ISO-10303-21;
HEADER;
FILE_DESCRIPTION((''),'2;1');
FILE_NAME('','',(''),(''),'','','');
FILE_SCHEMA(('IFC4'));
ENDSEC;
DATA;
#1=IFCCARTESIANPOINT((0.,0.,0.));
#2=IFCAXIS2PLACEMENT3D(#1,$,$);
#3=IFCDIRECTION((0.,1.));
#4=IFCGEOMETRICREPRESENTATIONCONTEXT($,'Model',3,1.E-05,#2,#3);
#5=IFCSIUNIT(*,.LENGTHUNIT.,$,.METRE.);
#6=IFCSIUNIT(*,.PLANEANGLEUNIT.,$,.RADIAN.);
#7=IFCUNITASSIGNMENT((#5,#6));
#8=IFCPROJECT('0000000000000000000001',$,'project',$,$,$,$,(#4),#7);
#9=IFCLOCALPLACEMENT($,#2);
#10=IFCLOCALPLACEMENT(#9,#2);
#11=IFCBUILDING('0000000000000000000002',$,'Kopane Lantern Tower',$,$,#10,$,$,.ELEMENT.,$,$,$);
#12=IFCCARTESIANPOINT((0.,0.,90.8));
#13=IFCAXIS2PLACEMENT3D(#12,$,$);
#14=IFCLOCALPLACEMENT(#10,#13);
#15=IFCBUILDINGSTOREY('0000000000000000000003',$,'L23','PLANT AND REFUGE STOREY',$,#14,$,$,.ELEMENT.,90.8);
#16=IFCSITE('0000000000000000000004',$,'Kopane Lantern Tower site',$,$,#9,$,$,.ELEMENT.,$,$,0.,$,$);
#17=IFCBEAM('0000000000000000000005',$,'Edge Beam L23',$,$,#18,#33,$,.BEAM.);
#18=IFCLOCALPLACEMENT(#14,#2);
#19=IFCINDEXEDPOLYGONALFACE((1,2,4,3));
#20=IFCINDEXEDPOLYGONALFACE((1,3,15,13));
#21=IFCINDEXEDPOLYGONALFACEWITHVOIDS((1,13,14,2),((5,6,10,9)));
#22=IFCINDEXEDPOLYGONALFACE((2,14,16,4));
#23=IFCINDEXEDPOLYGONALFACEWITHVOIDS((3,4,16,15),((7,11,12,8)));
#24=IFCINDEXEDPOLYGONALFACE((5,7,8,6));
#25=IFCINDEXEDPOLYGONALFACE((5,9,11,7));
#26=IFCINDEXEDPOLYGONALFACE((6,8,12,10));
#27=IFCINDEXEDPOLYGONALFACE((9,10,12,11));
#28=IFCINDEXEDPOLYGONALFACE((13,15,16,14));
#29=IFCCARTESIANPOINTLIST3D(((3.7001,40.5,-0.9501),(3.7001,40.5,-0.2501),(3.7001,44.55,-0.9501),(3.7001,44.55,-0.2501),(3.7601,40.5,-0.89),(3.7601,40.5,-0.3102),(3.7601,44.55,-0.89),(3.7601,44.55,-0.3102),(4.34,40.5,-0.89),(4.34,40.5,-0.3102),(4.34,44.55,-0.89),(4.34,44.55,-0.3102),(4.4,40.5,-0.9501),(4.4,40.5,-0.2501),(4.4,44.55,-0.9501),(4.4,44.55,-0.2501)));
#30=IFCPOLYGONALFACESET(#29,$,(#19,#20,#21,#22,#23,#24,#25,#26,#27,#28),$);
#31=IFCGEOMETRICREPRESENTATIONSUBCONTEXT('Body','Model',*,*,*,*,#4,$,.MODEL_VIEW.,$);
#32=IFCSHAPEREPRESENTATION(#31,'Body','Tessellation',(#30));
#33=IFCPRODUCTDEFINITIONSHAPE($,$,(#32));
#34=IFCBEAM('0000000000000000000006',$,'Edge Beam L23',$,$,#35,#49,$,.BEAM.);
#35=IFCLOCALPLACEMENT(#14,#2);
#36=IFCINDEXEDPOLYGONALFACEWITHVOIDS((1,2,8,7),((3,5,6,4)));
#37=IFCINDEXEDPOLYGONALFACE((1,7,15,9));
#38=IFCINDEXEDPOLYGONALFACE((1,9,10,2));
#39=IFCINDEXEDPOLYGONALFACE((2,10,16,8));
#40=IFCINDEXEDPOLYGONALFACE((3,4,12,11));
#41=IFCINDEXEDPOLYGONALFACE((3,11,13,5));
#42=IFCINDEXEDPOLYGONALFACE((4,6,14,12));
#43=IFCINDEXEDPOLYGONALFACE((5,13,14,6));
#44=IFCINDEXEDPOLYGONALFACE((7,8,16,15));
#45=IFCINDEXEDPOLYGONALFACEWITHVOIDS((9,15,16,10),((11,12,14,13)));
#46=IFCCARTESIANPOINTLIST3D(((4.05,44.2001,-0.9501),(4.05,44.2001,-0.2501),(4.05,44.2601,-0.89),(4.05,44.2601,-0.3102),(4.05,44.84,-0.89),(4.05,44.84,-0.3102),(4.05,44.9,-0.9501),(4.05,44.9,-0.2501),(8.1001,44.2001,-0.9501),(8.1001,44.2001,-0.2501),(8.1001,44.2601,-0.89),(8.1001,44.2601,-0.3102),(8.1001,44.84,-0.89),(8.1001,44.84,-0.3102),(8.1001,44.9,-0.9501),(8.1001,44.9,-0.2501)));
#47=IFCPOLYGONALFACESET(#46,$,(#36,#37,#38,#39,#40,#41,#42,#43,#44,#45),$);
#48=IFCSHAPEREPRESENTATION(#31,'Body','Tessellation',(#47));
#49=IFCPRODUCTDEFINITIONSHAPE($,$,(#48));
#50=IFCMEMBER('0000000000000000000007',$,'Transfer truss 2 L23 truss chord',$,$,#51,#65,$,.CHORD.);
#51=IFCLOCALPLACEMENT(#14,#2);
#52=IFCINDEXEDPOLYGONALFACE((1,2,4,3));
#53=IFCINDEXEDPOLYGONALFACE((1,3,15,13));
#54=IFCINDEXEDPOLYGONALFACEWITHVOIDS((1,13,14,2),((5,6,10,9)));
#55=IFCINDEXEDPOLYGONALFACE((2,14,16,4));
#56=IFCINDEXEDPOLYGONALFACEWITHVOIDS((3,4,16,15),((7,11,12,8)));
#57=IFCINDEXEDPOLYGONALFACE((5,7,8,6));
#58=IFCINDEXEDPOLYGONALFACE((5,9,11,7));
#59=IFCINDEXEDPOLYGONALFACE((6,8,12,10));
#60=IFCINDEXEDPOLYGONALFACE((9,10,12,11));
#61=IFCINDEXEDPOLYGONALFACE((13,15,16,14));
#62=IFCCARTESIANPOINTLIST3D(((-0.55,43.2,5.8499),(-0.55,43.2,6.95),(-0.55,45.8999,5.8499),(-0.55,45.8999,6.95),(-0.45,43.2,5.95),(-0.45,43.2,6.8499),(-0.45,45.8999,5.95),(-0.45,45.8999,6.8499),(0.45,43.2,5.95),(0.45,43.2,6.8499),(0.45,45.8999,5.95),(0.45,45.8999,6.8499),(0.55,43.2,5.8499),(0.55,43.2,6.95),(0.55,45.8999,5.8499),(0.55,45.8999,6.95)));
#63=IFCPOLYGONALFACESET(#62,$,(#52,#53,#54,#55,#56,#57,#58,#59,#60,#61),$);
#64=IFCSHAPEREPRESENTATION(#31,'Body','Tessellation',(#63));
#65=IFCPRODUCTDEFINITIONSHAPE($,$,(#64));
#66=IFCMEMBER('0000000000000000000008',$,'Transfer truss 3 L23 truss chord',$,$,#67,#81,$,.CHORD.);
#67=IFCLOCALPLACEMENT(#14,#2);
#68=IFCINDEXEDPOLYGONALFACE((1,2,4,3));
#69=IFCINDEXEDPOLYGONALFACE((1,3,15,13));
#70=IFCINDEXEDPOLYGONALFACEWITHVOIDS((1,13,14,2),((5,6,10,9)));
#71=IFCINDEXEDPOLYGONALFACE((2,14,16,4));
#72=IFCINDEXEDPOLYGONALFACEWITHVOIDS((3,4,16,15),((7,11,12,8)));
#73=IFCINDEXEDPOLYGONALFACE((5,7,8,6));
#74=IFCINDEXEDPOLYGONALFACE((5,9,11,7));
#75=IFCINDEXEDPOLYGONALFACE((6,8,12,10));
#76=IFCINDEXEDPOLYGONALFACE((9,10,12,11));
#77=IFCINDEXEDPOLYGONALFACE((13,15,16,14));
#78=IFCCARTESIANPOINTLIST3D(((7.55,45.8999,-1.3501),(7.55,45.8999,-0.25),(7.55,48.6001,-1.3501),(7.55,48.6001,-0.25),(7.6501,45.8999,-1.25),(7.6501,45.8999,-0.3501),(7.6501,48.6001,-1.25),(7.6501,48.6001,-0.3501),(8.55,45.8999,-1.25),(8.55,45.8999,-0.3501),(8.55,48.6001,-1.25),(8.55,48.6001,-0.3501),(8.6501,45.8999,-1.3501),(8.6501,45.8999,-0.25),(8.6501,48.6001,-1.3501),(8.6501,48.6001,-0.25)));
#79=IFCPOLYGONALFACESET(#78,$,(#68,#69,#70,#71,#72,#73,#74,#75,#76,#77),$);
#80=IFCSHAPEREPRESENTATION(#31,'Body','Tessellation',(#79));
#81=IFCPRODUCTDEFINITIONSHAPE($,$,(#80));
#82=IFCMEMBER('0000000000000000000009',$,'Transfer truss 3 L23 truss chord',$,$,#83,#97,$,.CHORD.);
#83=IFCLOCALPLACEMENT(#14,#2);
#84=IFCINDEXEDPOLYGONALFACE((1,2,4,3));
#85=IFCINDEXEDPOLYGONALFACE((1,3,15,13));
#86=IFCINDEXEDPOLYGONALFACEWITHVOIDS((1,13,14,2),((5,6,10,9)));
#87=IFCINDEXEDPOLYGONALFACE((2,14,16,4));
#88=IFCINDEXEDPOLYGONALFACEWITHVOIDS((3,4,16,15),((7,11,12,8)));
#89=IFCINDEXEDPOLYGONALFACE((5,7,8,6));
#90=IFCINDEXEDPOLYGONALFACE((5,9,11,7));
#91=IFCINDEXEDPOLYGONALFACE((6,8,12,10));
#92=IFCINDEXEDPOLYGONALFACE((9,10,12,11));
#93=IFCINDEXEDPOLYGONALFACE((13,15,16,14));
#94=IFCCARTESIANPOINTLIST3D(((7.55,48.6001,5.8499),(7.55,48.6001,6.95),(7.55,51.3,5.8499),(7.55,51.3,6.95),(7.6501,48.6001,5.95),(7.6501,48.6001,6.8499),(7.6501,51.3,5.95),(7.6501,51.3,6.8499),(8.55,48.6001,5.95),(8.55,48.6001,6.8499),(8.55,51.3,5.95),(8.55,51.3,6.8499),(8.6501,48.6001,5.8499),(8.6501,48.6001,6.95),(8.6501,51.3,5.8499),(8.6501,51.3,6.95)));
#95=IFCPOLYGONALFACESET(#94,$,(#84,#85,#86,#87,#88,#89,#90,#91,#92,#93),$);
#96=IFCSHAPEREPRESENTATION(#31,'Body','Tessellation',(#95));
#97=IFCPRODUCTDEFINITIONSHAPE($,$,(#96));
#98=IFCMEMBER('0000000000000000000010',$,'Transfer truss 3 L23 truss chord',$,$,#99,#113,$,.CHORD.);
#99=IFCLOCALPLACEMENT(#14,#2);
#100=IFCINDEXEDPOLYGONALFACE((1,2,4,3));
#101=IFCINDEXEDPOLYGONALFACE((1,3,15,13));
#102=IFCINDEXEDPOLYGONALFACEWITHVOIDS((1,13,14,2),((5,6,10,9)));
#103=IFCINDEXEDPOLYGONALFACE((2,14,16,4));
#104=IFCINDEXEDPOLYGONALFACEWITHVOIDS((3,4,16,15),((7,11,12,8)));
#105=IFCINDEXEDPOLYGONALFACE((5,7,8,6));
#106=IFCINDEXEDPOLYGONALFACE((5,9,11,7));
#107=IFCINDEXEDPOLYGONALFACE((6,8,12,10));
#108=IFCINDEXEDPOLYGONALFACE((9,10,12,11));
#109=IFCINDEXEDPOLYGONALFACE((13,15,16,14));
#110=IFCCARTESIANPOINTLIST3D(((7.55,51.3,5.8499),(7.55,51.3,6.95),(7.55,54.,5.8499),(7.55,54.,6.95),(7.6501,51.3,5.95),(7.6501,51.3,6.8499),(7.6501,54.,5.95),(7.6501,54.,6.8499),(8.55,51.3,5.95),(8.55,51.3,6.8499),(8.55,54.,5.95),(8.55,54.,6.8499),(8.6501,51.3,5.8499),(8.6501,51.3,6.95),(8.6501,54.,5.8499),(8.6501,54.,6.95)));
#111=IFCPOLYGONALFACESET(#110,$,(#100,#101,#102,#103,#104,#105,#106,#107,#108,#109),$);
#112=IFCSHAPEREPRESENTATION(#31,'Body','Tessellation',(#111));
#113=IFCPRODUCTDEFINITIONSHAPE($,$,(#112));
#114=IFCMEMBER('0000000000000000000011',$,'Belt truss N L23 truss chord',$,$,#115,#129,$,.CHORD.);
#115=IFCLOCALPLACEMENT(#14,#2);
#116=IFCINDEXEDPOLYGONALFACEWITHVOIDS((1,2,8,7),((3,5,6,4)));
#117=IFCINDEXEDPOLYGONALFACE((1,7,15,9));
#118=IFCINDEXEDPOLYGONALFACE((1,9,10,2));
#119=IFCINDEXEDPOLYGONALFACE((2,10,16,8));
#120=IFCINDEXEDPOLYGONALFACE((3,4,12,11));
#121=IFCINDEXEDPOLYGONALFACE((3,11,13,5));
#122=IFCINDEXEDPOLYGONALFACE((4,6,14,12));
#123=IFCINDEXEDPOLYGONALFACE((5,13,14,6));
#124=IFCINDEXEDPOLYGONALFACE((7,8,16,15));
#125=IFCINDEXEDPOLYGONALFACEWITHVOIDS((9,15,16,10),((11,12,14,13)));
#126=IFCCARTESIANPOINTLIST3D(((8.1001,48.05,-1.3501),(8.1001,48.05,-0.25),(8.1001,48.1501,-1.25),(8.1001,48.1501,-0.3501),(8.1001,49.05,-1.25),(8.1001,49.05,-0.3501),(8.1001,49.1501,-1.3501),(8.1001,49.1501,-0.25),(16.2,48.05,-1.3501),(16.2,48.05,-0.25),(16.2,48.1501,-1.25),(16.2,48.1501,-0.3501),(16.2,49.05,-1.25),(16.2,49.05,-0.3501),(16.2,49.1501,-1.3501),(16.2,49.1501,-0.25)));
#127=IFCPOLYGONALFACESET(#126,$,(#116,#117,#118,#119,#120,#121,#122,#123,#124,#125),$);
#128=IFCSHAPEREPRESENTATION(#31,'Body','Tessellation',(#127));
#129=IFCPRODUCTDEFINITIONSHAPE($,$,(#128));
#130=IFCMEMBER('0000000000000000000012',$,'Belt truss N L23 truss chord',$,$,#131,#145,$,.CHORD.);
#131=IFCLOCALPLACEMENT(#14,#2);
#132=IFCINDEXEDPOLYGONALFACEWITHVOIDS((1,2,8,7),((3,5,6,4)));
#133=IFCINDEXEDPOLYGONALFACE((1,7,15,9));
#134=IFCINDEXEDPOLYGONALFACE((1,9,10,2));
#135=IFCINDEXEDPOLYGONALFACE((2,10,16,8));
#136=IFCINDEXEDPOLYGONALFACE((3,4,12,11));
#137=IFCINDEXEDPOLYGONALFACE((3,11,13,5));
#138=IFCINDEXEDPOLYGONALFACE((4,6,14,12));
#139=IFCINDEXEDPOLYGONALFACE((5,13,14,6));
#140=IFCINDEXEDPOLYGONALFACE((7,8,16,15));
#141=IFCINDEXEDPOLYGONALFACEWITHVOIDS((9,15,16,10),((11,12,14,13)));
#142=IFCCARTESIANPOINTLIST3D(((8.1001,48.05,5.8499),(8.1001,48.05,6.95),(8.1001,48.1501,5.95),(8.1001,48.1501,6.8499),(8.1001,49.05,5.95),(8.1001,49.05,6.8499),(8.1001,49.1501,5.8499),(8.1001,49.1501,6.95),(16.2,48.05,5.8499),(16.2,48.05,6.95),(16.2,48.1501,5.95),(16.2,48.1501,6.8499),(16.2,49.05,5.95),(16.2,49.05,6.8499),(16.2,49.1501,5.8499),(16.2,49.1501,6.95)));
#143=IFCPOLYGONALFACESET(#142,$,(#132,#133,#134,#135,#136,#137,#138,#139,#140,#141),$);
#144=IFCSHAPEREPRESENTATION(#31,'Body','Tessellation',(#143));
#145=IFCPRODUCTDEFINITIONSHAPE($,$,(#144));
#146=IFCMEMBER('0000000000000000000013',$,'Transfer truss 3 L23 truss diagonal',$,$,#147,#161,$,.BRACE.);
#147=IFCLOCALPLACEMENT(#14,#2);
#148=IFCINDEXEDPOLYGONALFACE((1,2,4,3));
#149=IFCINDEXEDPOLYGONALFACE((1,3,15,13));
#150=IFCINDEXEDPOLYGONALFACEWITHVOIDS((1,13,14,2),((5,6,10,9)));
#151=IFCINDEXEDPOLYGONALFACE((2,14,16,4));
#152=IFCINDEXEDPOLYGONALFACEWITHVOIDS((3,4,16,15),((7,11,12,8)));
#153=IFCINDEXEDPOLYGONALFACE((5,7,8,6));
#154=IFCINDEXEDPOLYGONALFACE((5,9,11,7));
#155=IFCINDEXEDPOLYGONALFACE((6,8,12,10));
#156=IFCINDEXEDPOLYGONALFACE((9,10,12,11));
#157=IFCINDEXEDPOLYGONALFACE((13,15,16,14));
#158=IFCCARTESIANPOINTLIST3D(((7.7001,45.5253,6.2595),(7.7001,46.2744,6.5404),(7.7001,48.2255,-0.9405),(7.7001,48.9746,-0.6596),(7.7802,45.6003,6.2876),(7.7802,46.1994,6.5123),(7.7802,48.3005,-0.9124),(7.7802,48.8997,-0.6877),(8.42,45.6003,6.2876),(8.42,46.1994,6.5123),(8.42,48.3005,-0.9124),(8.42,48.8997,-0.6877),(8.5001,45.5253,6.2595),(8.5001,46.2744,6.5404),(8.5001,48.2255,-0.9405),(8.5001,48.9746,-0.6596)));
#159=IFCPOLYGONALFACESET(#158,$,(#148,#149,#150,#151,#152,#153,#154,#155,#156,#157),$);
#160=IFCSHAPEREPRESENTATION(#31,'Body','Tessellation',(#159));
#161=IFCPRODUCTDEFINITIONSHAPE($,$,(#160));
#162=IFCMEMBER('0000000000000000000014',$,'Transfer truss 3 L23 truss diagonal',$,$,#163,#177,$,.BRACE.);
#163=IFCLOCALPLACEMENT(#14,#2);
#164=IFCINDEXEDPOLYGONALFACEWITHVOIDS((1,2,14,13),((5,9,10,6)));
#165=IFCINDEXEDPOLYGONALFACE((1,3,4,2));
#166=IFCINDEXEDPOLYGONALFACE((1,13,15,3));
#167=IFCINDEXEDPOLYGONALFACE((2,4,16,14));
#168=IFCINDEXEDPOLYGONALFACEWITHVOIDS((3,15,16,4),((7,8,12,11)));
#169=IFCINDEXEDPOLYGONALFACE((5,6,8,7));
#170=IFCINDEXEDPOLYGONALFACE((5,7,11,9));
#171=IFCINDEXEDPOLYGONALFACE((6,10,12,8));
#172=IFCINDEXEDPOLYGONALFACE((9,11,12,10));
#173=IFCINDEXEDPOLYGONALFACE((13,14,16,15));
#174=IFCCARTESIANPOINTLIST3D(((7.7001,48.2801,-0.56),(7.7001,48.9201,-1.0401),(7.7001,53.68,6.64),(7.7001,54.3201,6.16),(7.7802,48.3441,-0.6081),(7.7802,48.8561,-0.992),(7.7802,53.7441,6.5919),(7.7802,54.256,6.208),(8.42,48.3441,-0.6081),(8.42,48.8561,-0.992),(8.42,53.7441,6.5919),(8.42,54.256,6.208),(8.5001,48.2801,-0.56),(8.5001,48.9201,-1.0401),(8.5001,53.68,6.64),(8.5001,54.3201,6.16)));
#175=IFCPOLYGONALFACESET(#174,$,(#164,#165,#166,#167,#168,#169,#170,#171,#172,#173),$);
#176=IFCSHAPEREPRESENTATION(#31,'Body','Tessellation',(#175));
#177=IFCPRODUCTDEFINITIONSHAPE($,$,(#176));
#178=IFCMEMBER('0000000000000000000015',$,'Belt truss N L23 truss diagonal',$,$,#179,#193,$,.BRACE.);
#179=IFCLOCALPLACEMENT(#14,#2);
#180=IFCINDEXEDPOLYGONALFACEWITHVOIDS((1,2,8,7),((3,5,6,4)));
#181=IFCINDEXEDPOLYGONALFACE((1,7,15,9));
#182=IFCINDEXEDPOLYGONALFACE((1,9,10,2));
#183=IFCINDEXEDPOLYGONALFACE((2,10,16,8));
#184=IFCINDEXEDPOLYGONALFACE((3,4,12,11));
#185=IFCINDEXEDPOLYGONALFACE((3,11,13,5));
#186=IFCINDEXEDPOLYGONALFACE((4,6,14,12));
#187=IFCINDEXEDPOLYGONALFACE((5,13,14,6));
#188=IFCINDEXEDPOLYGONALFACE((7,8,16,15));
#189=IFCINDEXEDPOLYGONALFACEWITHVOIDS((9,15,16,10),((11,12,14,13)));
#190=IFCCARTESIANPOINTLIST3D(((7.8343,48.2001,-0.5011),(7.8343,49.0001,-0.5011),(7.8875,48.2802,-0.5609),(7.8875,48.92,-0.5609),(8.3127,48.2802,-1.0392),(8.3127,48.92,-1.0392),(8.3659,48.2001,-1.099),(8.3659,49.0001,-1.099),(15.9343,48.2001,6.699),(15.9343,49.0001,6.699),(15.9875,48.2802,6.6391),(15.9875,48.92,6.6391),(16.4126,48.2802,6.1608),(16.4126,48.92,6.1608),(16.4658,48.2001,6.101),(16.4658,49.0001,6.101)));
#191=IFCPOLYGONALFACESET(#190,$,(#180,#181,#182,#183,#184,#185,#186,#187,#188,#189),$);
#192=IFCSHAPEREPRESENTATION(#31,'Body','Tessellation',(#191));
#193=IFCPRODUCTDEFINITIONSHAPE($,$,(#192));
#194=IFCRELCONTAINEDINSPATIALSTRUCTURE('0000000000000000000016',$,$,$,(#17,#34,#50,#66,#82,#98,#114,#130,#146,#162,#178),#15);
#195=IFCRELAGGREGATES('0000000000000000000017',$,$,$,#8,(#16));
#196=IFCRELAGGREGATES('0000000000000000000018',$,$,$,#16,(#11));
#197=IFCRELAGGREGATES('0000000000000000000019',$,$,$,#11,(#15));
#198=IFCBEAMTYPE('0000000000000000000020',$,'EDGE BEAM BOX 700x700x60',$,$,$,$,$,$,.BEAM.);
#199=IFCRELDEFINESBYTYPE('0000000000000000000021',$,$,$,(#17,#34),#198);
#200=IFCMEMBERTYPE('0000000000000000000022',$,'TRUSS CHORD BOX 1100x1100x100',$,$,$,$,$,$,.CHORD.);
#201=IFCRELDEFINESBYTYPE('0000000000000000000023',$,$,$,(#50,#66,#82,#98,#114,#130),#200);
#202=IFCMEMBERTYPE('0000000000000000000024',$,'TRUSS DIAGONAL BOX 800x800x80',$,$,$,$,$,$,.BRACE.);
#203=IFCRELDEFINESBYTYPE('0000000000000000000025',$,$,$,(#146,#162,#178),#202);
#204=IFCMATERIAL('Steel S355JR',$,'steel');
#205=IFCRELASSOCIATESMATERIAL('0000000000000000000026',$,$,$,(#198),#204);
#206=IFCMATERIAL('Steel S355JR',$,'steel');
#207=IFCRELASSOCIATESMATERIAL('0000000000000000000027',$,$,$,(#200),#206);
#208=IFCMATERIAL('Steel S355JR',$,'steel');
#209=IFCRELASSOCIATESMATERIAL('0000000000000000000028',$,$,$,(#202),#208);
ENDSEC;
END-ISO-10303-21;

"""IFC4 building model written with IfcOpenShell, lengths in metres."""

from ifc_helpers import new_model, si_unit, direction, frame, origin, origin_2d, place, context, subcontext, project, spatial, hollow_rectangle, extrude, material, material_profile, profile_set, type_object, element, save


model = new_model("IFC4")

# Units and contexts
model_context = context("Model", 3, precision=1e-05, world=origin(), true_north=direction((0.0, 1.0)))
body_context = subcontext(model_context, "Body", "Model", "MODEL_VIEW")
ifc_project = project(units=[si_unit("LENGTHUNIT", "METRE"), si_unit("PLANEANGLEUNIT", "RADIAN")], contexts=[model_context])

# Site, building, storey
site_placement = place(None, origin())
site = spatial("IfcSite", under=ifc_project, at=site_placement, Name="Kopane Lantern Tower site", CompositionType="ELEMENT", RefElevation=0.0)
building_placement = place(site_placement, origin())
building = spatial("IfcBuilding", under=site, at=building_placement, Name="Kopane Lantern Tower", CompositionType="ELEMENT")
storey_placement = place(building_placement, frame((0.0, 0.0, 90.8)))
storey = spatial("IfcBuildingStorey", under=building, at=storey_placement, Name="L23", Description="PLANT AND REFUGE STOREY", CompositionType="ELEMENT", Elevation=90.8)

# Beams
ifc_material_1 = material(Name="Steel S355JR", Category="steel")
ifc_material_profile_1 = material_profile(ifc_material_1, hollow_rectangle(XDim=0.7, YDim=0.7, WallThickness=0.0601, at=origin_2d()), Name="BOX 700x700x60")
ifc_profile_set_1 = profile_set([ifc_material_profile_1], Name="Steel S355JR")
beam_type = type_object("IfcBeamType", Name="EDGE BEAM BOX 700x700x60", PredefinedType="BEAM", material=ifc_profile_set_1)
for number, where, z_axis, x_axis, name in (
    (1, (4.05, 44.55, -0.6001), (0.0, -1.0, 0.0), (1.0, 0.0, 0.0), "Edge Beam L23"),
    (2, (4.05, 44.55, -0.6001), (1.0, 0.0, 0.0), (0.0, 1.0, 0.0), "Edge Beam L23"),
):
    element("IfcBeam", number, at=place(storey_placement, frame(where, z_axis=z_axis, x_axis=x_axis)), inside=storey, type_object=beam_type, Name=name, PredefinedType="BEAM", context=body_context, shape_type="SweptSolid", body=[
        extrude(hollow_rectangle(XDim=0.7, YDim=0.7, WallThickness=0.0601, at=origin_2d()), origin(), (0.0, 0.0, 1.0), 4.05),
    ])

# Members
ifc_material_2 = material(Name="Steel S355JR", Category="steel")
ifc_material_profile_2 = material_profile(ifc_material_2, hollow_rectangle(XDim=1.1001, YDim=1.1001, WallThickness=0.1001, at=origin_2d()), Name="BOX 1100x1100x100")
ifc_profile_set_2 = profile_set([ifc_material_profile_2], Name="Steel S355JR")
member_type_1 = type_object("IfcMemberType", Name="TRUSS CHORD BOX 1100x1100x100", PredefinedType="CHORD", material=ifc_profile_set_2)
member_1_placement = place(storey_placement, frame((0.0, 43.2, 6.3999), z_axis=(0.0, 1.0, 0.0), x_axis=(-1.0, 0.0, 0.0)))
element("IfcMember", 3, at=member_1_placement, inside=storey, type_object=member_type_1, Name="Transfer truss 2 L23 truss chord", PredefinedType="CHORD", context=body_context, shape_type="SweptSolid", body=[
    extrude(hollow_rectangle(XDim=1.1001, YDim=1.1001, WallThickness=0.1001, at=origin_2d()), origin(), (0.0, 0.0, 1.0), 2.7),
])
member_2_placement = place(storey_placement, frame((8.1001, 45.8999, -0.8), z_axis=(0.0, 1.0, 0.0), x_axis=(-1.0, 0.0, 0.0)))
element("IfcMember", 4, at=member_2_placement, inside=storey, type_object=member_type_1, Name="Transfer truss 3 L23 truss chord", PredefinedType="CHORD", context=body_context, shape_type="SweptSolid", body=[
    extrude(hollow_rectangle(XDim=1.1001, YDim=1.1001, WallThickness=0.1001, at=origin_2d()), origin(), (0.0, 0.0, 1.0), 2.7002),
])
for number, where, z_axis, x_axis, name in (
    (5, (8.1001, 48.6001, 6.3999), (0.0, 1.0, 0.0), (-1.0, 0.0, 0.0), "Transfer truss 3 L23 truss chord"),
    (6, (8.1001, 51.3, 6.3999), (0.0, 1.0, 0.0), (-1.0, 0.0, 0.0), "Transfer truss 3 L23 truss chord"),
):
    element("IfcMember", number, at=place(storey_placement, frame(where, z_axis=z_axis, x_axis=x_axis)), inside=storey, type_object=member_type_1, Name=name, PredefinedType="CHORD", context=body_context, shape_type="SweptSolid", body=[
        extrude(hollow_rectangle(XDim=1.1001, YDim=1.1001, WallThickness=0.1001, at=origin_2d()), origin(), (0.0, 0.0, 1.0), 2.7),
    ])
for number, where, z_axis, x_axis, name in (
    (7, (8.1001, 48.6001, -0.8), (1.0, 0.0, 0.0), (0.0, 1.0, 0.0), "Belt truss N L23 truss chord"),
    (8, (8.1001, 48.6001, 6.3999), (1.0, 0.0, 0.0), (0.0, 1.0, 0.0), "Belt truss N L23 truss chord"),
):
    element("IfcMember", number, at=place(storey_placement, frame(where, z_axis=z_axis, x_axis=x_axis)), inside=storey, type_object=member_type_1, Name=name, PredefinedType="CHORD", context=body_context, shape_type="SweptSolid", body=[
        extrude(hollow_rectangle(XDim=1.1001, YDim=1.1001, WallThickness=0.1001, at=origin_2d()), origin(), (0.0, 0.0, 1.0), 8.0999),
    ])
ifc_material_3 = material(Name="Steel S355JR", Category="steel")
ifc_material_profile_3 = material_profile(ifc_material_3, hollow_rectangle(XDim=0.8, YDim=0.8, WallThickness=0.0801, at=origin_2d()), Name="BOX 800x800x80")
ifc_profile_set_3 = profile_set([ifc_material_profile_3], Name="Steel S355JR")
member_type_2 = type_object("IfcMemberType", Name="TRUSS DIAGONAL BOX 800x800x80", PredefinedType="BRACE", material=ifc_profile_set_3)
member_3_placement = place(storey_placement, frame((8.1001, 48.6001, -0.8), z_axis=(0.0, -0.351148, 0.93632), x_axis=(1.0, 0.0, 0.0)))
element("IfcMember", 9, at=member_3_placement, inside=storey, type_object=member_type_2, Name="Transfer truss 3 L23 truss diagonal", PredefinedType="BRACE", context=body_context, shape_type="SweptSolid", body=[
    extrude(hollow_rectangle(XDim=0.8, YDim=0.8, WallThickness=0.0801, at=origin_2d()), origin(), (0.0, 0.0, 1.0), 7.6897),
])
member_4_placement = place(storey_placement, frame((8.1001, 48.6001, -0.8), z_axis=(0.0, 0.599996, 0.800003), x_axis=(-1.0, 0.0, 0.0)))
element("IfcMember", 10, at=member_4_placement, inside=storey, type_object=member_type_2, Name="Transfer truss 3 L23 truss diagonal", PredefinedType="BRACE", context=body_context, shape_type="SweptSolid", body=[
    extrude(hollow_rectangle(XDim=0.8, YDim=0.8, WallThickness=0.0801, at=origin_2d()), origin(), (0.0, 0.0, 1.0), 9.0),
])
member_5_placement = place(storey_placement, frame((8.1001, 48.6001, -0.8), z_axis=(0.747406, 0.0, 0.664368), x_axis=(0.0, 1.0, 0.0)))
element("IfcMember", 11, at=member_5_placement, inside=storey, type_object=member_type_2, Name="Belt truss N L23 truss diagonal", PredefinedType="BRACE", context=body_context, shape_type="SweptSolid", body=[
    extrude(hollow_rectangle(XDim=0.8, YDim=0.8, WallThickness=0.0801, at=origin_2d()), origin(), (0.0, 0.0, 1.0), 10.8374),
])

save(model, "model.ifc")
